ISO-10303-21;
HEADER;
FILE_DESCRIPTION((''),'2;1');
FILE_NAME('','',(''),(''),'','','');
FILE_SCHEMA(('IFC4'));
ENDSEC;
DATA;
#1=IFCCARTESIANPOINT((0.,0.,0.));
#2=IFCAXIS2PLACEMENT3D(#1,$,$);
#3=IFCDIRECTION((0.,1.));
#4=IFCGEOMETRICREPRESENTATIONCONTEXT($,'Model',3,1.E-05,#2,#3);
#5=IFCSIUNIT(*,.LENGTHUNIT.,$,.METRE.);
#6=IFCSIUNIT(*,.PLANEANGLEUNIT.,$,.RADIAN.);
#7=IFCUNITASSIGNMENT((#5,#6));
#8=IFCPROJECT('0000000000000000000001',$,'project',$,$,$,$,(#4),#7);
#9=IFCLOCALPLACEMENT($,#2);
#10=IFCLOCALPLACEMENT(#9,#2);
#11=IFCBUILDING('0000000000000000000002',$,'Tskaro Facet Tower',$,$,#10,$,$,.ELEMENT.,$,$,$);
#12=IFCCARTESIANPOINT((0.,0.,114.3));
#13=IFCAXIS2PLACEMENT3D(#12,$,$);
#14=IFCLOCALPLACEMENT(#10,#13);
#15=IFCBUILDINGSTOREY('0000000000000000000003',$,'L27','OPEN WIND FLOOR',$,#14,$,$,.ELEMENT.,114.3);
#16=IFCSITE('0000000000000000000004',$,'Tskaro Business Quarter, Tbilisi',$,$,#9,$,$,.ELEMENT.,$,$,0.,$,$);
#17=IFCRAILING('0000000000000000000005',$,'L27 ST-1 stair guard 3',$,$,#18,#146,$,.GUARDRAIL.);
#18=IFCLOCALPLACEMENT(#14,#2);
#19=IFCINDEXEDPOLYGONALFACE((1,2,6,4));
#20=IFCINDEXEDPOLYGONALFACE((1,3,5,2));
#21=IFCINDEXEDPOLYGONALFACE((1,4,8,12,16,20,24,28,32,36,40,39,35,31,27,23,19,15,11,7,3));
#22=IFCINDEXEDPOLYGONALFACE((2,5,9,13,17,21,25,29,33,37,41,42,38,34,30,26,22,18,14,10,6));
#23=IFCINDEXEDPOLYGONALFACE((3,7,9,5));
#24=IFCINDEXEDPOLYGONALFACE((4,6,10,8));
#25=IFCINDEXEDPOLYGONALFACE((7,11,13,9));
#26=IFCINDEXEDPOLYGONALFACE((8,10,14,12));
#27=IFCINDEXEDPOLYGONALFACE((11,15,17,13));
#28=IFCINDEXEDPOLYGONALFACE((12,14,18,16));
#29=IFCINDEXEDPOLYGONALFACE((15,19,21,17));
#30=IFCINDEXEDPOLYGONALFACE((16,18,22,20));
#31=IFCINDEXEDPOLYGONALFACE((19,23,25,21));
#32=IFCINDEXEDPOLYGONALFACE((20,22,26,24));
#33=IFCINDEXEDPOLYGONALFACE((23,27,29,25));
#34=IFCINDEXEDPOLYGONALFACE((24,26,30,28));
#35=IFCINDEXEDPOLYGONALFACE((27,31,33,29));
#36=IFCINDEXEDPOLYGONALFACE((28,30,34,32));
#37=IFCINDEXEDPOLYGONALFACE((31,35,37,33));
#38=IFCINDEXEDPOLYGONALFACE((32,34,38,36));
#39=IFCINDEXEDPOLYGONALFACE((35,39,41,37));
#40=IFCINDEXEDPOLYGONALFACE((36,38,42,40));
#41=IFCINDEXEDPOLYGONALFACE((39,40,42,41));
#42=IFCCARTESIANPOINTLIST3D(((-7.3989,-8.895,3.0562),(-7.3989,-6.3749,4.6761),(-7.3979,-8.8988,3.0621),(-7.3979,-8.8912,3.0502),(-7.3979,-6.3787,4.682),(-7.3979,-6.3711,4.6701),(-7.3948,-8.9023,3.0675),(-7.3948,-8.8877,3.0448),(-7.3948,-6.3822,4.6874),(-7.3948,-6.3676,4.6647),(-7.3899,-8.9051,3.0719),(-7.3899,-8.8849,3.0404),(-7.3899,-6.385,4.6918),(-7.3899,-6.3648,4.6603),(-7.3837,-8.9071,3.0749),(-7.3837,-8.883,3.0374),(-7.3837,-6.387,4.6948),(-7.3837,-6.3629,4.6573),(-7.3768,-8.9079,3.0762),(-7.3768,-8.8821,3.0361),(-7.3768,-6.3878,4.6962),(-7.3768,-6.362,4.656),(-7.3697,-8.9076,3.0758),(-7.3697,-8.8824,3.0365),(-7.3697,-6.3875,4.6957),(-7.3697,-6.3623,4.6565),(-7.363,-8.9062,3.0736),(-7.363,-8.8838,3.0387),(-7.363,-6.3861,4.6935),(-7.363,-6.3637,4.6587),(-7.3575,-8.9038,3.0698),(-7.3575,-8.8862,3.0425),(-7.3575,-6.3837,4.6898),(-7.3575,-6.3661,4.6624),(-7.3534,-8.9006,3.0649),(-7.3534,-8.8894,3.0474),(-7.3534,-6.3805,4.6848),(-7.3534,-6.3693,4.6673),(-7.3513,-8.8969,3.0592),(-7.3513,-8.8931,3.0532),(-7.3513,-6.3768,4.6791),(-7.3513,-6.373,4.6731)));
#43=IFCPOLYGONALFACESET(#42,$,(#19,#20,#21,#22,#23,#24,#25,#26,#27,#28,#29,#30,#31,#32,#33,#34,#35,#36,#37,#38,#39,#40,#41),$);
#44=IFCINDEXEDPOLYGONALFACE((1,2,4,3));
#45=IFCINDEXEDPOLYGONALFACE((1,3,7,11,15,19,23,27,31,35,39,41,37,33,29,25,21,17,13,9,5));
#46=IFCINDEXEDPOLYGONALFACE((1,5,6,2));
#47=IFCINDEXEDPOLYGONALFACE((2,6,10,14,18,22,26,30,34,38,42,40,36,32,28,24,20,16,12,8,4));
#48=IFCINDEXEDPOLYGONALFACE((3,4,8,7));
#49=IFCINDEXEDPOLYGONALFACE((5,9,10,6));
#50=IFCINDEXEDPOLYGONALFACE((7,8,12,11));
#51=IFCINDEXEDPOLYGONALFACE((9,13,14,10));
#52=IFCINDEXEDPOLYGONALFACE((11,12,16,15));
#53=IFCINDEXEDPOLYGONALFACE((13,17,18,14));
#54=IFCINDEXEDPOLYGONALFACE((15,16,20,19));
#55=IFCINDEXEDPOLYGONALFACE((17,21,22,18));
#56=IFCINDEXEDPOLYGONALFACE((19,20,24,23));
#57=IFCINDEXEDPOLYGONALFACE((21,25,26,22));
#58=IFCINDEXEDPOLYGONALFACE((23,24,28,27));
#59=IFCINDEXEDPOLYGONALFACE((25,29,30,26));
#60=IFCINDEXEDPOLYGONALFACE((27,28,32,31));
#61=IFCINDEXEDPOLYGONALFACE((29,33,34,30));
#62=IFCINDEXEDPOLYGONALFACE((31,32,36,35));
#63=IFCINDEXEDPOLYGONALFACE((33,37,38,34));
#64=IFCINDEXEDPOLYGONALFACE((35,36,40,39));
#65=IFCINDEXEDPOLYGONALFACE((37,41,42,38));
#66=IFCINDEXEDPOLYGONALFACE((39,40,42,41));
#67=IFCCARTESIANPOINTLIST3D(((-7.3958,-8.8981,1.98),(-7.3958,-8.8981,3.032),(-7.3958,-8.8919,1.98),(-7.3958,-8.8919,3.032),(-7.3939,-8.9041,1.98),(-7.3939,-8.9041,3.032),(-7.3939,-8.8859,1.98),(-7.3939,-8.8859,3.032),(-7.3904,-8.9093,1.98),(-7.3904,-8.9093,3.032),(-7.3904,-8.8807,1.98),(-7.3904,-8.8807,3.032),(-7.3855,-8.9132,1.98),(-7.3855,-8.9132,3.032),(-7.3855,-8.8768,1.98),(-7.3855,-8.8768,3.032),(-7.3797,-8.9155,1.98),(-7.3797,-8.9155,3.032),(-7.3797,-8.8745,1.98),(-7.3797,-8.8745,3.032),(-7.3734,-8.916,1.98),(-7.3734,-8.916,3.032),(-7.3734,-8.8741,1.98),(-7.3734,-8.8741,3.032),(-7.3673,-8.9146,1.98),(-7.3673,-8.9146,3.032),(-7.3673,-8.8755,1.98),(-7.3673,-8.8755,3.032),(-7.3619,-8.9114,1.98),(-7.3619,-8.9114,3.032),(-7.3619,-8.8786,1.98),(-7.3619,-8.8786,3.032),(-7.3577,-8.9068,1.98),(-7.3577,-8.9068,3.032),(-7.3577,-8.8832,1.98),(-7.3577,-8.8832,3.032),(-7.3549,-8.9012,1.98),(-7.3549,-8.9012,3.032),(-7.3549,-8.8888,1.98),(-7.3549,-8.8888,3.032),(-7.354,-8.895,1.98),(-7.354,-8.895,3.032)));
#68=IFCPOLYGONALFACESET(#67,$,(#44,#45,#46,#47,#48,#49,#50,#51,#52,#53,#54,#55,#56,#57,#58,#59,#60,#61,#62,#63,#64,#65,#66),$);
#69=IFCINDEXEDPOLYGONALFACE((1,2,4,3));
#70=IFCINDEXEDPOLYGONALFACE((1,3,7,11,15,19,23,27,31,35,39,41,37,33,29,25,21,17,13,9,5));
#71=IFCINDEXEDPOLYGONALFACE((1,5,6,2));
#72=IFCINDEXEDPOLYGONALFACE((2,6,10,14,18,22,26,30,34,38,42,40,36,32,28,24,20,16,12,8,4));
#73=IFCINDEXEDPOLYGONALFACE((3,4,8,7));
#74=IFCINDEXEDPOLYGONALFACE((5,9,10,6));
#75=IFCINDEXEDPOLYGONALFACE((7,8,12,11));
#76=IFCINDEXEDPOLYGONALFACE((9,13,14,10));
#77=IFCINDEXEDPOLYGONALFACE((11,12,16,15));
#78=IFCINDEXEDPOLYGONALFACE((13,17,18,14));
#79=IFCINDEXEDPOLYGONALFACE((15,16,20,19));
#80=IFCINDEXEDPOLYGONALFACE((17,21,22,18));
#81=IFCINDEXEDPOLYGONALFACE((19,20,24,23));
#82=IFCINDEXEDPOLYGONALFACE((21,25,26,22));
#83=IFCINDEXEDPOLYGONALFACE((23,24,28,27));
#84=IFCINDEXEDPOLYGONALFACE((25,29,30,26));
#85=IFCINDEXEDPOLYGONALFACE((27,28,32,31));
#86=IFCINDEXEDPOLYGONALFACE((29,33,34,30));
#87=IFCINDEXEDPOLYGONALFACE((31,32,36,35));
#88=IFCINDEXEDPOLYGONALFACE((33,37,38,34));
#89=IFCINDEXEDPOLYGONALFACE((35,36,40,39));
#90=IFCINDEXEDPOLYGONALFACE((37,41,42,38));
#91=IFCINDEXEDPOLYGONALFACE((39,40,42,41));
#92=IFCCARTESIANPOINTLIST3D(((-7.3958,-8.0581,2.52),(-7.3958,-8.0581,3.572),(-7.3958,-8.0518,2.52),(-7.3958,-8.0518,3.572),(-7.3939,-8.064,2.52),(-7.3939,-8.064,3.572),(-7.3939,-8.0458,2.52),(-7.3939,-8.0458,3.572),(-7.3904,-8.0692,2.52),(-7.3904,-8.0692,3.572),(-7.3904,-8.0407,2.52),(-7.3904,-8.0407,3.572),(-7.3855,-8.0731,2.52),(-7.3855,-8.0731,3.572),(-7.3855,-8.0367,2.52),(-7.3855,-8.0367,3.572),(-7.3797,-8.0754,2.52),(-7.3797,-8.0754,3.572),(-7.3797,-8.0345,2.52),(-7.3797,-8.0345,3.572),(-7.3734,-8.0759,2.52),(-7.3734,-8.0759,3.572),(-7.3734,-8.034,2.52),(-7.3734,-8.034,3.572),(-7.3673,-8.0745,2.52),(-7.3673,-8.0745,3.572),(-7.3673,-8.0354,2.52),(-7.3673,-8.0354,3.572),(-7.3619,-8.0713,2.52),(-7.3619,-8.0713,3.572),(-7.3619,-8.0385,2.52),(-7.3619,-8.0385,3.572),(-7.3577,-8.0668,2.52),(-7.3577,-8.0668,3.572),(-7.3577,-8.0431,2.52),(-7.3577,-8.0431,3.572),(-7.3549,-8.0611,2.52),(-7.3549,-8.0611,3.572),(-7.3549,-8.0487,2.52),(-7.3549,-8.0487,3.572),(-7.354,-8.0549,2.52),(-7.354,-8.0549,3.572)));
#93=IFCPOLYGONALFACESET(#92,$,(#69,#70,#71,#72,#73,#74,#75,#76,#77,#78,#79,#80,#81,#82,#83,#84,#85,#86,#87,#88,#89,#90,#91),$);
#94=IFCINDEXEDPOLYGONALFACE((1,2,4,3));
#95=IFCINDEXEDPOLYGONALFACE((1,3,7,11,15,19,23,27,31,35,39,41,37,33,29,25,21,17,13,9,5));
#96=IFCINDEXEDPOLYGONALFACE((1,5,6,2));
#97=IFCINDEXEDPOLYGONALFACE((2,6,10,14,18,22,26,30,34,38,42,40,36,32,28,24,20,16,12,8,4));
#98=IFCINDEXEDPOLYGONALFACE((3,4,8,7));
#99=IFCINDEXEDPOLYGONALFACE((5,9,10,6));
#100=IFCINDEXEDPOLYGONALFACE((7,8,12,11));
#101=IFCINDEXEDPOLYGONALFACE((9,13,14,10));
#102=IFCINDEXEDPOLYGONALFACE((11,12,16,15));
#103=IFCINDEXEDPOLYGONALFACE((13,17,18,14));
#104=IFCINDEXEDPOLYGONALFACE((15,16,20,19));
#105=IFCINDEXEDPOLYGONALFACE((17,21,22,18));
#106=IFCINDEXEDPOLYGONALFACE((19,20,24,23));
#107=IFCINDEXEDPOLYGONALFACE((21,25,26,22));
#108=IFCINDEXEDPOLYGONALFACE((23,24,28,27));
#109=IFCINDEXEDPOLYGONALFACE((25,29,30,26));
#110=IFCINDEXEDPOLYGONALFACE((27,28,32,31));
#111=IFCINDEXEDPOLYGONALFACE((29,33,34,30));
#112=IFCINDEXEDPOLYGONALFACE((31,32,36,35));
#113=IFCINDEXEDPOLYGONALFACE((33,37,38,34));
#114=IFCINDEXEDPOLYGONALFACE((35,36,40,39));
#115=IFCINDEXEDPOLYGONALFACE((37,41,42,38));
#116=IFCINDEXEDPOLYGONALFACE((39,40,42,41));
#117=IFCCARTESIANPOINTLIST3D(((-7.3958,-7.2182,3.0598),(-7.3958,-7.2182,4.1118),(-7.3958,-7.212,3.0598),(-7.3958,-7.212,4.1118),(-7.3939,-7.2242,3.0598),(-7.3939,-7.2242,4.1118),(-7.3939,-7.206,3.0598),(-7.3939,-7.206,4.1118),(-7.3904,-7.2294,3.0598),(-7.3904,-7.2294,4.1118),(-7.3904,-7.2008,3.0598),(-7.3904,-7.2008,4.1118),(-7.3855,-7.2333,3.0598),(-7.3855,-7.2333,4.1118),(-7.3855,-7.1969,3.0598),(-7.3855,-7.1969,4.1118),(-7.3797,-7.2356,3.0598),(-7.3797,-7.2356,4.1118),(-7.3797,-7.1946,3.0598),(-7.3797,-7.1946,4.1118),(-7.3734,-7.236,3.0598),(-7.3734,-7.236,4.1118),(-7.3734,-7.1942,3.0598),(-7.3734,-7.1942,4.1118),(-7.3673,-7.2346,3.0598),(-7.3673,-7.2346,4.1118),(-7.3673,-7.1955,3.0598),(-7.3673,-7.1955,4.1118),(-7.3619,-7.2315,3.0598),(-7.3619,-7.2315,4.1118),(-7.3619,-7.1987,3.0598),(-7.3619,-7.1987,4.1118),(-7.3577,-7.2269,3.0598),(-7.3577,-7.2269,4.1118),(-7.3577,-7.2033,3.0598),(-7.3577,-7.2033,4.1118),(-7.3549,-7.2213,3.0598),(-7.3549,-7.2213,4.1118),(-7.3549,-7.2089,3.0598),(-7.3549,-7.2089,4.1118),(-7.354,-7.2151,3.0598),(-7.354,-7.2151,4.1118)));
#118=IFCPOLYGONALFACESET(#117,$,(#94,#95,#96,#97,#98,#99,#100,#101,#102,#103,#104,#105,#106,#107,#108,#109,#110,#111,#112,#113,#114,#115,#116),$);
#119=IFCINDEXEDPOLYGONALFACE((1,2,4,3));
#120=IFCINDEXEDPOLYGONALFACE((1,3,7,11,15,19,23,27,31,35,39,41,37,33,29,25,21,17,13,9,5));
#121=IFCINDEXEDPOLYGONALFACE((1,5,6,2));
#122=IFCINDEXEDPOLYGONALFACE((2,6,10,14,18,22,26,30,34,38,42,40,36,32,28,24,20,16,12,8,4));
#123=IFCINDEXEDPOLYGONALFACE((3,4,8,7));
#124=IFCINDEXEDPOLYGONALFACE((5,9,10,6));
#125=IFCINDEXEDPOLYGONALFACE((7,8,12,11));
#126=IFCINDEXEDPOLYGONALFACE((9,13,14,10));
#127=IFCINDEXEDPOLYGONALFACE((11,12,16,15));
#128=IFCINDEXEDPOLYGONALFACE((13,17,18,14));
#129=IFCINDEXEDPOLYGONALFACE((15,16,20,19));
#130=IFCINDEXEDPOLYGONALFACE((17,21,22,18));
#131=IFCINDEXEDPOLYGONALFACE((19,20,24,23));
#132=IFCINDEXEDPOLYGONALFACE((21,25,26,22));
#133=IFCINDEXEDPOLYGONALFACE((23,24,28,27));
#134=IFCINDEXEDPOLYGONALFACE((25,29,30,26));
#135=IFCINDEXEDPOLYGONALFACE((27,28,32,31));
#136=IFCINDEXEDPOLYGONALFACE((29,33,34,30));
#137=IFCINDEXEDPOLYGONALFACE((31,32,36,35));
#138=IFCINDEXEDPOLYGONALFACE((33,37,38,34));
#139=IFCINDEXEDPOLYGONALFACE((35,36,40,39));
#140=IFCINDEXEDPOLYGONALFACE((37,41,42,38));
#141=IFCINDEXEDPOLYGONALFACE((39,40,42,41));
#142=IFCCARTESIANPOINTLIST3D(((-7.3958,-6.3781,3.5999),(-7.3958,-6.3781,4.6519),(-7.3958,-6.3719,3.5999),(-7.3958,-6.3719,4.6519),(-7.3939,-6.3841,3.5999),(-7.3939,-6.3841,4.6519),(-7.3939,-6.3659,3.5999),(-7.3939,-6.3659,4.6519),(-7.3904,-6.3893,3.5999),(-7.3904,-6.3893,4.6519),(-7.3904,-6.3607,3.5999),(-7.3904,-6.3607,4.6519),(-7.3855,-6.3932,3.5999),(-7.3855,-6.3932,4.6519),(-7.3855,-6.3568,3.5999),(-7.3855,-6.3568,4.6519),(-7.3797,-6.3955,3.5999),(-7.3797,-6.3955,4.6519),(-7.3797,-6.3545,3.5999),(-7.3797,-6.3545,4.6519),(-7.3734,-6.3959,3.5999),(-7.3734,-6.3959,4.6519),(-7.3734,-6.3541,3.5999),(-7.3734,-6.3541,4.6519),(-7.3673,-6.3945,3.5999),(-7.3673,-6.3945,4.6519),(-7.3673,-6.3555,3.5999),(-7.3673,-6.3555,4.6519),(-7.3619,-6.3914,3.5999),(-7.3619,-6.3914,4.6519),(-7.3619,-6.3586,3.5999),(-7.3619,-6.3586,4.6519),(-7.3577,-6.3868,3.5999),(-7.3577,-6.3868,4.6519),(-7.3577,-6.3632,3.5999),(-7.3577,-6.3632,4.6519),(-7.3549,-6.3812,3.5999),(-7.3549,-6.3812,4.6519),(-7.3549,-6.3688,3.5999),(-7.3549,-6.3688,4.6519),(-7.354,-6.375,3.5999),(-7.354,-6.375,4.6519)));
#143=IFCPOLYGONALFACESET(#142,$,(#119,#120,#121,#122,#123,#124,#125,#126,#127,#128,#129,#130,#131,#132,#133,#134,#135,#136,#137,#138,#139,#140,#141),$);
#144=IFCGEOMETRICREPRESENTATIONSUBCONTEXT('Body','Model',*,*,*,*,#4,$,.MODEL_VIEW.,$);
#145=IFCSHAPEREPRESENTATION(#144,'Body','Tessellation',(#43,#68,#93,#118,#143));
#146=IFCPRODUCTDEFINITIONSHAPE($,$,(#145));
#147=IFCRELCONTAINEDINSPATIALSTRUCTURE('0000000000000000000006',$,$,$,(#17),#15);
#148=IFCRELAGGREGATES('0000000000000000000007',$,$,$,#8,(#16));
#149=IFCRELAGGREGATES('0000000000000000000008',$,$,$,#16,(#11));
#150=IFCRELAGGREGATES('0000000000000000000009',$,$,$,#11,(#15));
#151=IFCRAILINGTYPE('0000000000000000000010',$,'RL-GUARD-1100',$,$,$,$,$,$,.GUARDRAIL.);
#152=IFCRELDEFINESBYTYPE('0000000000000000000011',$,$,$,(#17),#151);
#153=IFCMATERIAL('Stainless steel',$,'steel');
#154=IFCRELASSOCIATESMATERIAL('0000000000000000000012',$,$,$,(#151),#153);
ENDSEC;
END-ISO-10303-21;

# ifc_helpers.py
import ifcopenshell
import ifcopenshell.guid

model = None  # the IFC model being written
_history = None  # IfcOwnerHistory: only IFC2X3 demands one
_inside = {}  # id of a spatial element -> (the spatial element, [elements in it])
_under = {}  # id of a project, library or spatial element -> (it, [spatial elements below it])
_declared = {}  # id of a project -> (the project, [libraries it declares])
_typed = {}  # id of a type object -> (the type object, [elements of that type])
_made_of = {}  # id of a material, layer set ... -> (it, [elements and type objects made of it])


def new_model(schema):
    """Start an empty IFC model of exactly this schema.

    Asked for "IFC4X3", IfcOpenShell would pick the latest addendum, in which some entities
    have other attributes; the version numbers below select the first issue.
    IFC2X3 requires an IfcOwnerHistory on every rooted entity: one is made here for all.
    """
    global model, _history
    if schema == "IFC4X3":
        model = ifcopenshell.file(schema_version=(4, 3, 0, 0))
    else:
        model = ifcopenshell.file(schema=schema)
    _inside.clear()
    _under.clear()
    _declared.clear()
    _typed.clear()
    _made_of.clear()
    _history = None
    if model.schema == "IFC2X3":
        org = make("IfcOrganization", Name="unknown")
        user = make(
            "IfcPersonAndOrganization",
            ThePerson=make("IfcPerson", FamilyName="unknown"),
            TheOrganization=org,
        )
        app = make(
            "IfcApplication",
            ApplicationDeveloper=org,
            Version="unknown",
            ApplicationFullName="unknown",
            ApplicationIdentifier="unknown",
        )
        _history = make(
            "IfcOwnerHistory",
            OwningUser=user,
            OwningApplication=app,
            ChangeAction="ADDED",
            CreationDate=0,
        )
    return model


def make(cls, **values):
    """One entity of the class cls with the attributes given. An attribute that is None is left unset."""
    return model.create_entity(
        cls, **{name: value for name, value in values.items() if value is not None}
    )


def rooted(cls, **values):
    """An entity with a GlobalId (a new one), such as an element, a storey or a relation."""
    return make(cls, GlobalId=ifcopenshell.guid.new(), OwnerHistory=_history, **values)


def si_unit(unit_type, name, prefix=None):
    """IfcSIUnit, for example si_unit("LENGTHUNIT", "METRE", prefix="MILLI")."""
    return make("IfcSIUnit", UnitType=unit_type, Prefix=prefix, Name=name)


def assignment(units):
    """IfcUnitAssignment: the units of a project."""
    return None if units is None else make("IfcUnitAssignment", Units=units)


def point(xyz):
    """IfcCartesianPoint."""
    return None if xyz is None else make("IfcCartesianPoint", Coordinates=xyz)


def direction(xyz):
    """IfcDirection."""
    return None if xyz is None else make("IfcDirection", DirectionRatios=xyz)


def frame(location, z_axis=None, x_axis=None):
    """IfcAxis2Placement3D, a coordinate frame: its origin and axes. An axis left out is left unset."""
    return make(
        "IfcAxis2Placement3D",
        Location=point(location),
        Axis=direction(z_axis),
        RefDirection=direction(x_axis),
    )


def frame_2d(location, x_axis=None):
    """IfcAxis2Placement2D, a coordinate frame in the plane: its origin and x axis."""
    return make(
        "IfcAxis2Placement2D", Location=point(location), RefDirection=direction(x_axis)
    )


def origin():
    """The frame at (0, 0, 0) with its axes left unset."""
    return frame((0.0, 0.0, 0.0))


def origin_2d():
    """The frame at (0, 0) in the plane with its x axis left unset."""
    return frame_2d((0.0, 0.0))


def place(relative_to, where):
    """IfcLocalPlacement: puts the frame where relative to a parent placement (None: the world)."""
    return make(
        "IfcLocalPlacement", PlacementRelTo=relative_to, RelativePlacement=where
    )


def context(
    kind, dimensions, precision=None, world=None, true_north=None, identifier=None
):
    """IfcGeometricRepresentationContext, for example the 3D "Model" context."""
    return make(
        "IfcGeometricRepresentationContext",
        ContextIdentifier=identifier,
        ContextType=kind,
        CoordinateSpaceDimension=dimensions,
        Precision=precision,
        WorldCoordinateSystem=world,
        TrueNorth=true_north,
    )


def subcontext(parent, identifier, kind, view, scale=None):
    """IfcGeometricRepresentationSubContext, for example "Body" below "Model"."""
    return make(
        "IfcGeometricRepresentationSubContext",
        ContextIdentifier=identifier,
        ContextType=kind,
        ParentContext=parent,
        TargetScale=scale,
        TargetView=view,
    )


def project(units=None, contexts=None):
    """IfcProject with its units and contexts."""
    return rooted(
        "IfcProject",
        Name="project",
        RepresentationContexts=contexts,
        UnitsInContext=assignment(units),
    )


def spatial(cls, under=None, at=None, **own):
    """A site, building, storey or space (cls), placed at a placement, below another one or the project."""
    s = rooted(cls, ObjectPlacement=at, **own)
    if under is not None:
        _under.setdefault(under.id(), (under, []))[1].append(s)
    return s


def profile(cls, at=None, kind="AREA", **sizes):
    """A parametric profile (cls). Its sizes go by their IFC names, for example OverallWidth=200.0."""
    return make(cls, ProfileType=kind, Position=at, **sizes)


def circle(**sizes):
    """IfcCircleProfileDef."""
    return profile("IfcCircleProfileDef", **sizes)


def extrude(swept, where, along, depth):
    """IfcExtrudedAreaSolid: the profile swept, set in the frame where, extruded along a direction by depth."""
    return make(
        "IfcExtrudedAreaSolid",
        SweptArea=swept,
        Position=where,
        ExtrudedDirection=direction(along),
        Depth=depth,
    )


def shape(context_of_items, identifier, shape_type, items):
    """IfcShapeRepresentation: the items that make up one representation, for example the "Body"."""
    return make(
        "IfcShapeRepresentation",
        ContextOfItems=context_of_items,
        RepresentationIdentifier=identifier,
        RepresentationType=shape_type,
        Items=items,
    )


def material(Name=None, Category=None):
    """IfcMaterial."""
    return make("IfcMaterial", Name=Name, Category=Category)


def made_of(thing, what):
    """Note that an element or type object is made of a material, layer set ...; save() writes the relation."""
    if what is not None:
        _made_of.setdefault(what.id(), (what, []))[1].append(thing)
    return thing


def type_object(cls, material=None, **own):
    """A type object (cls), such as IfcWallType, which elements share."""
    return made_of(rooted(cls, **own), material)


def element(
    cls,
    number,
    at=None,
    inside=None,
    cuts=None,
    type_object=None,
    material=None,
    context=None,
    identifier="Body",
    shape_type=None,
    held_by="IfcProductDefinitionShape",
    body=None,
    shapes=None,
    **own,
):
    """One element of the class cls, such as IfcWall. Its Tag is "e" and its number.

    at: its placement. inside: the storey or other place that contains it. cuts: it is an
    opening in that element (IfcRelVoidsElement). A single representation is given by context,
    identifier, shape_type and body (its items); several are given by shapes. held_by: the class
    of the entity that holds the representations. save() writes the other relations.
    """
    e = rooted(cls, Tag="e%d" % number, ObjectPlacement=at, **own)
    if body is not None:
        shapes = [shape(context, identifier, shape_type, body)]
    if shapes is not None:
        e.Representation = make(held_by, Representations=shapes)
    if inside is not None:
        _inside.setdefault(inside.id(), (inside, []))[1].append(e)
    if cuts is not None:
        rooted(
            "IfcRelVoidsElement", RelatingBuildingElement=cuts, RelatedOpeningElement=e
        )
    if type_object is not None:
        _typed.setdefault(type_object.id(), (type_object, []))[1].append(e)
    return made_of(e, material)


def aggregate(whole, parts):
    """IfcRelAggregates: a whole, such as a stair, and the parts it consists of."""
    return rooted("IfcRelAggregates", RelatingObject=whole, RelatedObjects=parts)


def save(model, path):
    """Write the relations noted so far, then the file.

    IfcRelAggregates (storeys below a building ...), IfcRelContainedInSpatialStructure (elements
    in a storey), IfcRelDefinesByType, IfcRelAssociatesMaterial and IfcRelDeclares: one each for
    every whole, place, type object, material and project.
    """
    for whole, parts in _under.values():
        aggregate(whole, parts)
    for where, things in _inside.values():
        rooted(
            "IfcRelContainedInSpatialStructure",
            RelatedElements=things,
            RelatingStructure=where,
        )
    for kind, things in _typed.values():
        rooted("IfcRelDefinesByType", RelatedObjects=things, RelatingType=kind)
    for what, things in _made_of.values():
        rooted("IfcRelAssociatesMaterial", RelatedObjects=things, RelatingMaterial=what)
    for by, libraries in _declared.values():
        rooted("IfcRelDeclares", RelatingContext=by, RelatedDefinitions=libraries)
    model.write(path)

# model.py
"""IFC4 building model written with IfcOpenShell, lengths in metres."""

from ifc_helpers import new_model, si_unit, direction, frame, origin, origin_2d, place, context, subcontext, project, spatial, circle, extrude, material, type_object, element, save


model = new_model("IFC4")

# Units and contexts
model_context = context("Model", 3, precision=1e-05, world=origin(), true_north=direction((0.0, 1.0)))
body_context = subcontext(model_context, "Body", "Model", "MODEL_VIEW")
ifc_project = project(units=[si_unit("LENGTHUNIT", "METRE"), si_unit("PLANEANGLEUNIT", "RADIAN")], contexts=[model_context])

# Site, building, storey
site_placement = place(None, origin())
site = spatial("IfcSite", under=ifc_project, at=site_placement, Name="Tskaro Business Quarter, Tbilisi", CompositionType="ELEMENT", RefElevation=0.0)
building_placement = place(site_placement, origin())
building = spatial("IfcBuilding", under=site, at=building_placement, Name="Tskaro Facet Tower", CompositionType="ELEMENT")
storey_placement = place(building_placement, frame((0.0, 0.0, 114.3)))
storey = spatial("IfcBuildingStorey", under=building, at=storey_placement, Name="L27", Description="OPEN WIND FLOOR", CompositionType="ELEMENT", Elevation=114.3)

# Shared definitions
ifc_material_1 = material(Name="Stainless steel", Category="steel")

# Railing
railing_type_1 = type_object("IfcRailingType", Name="RL-GUARD-1100", PredefinedType="GUARDRAIL", material=ifc_material_1)
railing_1_placement = place(storey_placement, frame((-7.375, -8.895, 1.98)))
element("IfcRailing", 1, at=railing_1_placement, inside=storey, type_object=railing_type_1, Name="L27 ST-1 stair guard 3", PredefinedType="GUARDRAIL", context=body_context, shape_type="SweptSolid", body=[
    extrude(circle(Radius=0.0239, at=origin_2d()), frame((0.0, 0.0, 1.0762), z_axis=(0.0, 0.8412, 0.540725), x_axis=(-1.0, 0.0, 0.0)), (0.0, 0.0, 1.0), 2.9958),
    extrude(circle(Radius=0.021, at=origin_2d()), origin(), (0.0, 0.0, 1.0), 1.052),
    extrude(circle(Radius=0.021, at=origin_2d()), frame((0.0, 0.8401, 0.54)), (0.0, 0.0, 1.0), 1.052),
    extrude(circle(Radius=0.021, at=origin_2d()), frame((0.0, 1.6799, 1.0798)), (0.0, 0.0, 1.0), 1.052),
    extrude(circle(Radius=0.021, at=origin_2d()), frame((0.0, 2.52, 1.6199)), (0.0, 0.0, 1.0), 1.052),
])

save(model, "model.ifc")
